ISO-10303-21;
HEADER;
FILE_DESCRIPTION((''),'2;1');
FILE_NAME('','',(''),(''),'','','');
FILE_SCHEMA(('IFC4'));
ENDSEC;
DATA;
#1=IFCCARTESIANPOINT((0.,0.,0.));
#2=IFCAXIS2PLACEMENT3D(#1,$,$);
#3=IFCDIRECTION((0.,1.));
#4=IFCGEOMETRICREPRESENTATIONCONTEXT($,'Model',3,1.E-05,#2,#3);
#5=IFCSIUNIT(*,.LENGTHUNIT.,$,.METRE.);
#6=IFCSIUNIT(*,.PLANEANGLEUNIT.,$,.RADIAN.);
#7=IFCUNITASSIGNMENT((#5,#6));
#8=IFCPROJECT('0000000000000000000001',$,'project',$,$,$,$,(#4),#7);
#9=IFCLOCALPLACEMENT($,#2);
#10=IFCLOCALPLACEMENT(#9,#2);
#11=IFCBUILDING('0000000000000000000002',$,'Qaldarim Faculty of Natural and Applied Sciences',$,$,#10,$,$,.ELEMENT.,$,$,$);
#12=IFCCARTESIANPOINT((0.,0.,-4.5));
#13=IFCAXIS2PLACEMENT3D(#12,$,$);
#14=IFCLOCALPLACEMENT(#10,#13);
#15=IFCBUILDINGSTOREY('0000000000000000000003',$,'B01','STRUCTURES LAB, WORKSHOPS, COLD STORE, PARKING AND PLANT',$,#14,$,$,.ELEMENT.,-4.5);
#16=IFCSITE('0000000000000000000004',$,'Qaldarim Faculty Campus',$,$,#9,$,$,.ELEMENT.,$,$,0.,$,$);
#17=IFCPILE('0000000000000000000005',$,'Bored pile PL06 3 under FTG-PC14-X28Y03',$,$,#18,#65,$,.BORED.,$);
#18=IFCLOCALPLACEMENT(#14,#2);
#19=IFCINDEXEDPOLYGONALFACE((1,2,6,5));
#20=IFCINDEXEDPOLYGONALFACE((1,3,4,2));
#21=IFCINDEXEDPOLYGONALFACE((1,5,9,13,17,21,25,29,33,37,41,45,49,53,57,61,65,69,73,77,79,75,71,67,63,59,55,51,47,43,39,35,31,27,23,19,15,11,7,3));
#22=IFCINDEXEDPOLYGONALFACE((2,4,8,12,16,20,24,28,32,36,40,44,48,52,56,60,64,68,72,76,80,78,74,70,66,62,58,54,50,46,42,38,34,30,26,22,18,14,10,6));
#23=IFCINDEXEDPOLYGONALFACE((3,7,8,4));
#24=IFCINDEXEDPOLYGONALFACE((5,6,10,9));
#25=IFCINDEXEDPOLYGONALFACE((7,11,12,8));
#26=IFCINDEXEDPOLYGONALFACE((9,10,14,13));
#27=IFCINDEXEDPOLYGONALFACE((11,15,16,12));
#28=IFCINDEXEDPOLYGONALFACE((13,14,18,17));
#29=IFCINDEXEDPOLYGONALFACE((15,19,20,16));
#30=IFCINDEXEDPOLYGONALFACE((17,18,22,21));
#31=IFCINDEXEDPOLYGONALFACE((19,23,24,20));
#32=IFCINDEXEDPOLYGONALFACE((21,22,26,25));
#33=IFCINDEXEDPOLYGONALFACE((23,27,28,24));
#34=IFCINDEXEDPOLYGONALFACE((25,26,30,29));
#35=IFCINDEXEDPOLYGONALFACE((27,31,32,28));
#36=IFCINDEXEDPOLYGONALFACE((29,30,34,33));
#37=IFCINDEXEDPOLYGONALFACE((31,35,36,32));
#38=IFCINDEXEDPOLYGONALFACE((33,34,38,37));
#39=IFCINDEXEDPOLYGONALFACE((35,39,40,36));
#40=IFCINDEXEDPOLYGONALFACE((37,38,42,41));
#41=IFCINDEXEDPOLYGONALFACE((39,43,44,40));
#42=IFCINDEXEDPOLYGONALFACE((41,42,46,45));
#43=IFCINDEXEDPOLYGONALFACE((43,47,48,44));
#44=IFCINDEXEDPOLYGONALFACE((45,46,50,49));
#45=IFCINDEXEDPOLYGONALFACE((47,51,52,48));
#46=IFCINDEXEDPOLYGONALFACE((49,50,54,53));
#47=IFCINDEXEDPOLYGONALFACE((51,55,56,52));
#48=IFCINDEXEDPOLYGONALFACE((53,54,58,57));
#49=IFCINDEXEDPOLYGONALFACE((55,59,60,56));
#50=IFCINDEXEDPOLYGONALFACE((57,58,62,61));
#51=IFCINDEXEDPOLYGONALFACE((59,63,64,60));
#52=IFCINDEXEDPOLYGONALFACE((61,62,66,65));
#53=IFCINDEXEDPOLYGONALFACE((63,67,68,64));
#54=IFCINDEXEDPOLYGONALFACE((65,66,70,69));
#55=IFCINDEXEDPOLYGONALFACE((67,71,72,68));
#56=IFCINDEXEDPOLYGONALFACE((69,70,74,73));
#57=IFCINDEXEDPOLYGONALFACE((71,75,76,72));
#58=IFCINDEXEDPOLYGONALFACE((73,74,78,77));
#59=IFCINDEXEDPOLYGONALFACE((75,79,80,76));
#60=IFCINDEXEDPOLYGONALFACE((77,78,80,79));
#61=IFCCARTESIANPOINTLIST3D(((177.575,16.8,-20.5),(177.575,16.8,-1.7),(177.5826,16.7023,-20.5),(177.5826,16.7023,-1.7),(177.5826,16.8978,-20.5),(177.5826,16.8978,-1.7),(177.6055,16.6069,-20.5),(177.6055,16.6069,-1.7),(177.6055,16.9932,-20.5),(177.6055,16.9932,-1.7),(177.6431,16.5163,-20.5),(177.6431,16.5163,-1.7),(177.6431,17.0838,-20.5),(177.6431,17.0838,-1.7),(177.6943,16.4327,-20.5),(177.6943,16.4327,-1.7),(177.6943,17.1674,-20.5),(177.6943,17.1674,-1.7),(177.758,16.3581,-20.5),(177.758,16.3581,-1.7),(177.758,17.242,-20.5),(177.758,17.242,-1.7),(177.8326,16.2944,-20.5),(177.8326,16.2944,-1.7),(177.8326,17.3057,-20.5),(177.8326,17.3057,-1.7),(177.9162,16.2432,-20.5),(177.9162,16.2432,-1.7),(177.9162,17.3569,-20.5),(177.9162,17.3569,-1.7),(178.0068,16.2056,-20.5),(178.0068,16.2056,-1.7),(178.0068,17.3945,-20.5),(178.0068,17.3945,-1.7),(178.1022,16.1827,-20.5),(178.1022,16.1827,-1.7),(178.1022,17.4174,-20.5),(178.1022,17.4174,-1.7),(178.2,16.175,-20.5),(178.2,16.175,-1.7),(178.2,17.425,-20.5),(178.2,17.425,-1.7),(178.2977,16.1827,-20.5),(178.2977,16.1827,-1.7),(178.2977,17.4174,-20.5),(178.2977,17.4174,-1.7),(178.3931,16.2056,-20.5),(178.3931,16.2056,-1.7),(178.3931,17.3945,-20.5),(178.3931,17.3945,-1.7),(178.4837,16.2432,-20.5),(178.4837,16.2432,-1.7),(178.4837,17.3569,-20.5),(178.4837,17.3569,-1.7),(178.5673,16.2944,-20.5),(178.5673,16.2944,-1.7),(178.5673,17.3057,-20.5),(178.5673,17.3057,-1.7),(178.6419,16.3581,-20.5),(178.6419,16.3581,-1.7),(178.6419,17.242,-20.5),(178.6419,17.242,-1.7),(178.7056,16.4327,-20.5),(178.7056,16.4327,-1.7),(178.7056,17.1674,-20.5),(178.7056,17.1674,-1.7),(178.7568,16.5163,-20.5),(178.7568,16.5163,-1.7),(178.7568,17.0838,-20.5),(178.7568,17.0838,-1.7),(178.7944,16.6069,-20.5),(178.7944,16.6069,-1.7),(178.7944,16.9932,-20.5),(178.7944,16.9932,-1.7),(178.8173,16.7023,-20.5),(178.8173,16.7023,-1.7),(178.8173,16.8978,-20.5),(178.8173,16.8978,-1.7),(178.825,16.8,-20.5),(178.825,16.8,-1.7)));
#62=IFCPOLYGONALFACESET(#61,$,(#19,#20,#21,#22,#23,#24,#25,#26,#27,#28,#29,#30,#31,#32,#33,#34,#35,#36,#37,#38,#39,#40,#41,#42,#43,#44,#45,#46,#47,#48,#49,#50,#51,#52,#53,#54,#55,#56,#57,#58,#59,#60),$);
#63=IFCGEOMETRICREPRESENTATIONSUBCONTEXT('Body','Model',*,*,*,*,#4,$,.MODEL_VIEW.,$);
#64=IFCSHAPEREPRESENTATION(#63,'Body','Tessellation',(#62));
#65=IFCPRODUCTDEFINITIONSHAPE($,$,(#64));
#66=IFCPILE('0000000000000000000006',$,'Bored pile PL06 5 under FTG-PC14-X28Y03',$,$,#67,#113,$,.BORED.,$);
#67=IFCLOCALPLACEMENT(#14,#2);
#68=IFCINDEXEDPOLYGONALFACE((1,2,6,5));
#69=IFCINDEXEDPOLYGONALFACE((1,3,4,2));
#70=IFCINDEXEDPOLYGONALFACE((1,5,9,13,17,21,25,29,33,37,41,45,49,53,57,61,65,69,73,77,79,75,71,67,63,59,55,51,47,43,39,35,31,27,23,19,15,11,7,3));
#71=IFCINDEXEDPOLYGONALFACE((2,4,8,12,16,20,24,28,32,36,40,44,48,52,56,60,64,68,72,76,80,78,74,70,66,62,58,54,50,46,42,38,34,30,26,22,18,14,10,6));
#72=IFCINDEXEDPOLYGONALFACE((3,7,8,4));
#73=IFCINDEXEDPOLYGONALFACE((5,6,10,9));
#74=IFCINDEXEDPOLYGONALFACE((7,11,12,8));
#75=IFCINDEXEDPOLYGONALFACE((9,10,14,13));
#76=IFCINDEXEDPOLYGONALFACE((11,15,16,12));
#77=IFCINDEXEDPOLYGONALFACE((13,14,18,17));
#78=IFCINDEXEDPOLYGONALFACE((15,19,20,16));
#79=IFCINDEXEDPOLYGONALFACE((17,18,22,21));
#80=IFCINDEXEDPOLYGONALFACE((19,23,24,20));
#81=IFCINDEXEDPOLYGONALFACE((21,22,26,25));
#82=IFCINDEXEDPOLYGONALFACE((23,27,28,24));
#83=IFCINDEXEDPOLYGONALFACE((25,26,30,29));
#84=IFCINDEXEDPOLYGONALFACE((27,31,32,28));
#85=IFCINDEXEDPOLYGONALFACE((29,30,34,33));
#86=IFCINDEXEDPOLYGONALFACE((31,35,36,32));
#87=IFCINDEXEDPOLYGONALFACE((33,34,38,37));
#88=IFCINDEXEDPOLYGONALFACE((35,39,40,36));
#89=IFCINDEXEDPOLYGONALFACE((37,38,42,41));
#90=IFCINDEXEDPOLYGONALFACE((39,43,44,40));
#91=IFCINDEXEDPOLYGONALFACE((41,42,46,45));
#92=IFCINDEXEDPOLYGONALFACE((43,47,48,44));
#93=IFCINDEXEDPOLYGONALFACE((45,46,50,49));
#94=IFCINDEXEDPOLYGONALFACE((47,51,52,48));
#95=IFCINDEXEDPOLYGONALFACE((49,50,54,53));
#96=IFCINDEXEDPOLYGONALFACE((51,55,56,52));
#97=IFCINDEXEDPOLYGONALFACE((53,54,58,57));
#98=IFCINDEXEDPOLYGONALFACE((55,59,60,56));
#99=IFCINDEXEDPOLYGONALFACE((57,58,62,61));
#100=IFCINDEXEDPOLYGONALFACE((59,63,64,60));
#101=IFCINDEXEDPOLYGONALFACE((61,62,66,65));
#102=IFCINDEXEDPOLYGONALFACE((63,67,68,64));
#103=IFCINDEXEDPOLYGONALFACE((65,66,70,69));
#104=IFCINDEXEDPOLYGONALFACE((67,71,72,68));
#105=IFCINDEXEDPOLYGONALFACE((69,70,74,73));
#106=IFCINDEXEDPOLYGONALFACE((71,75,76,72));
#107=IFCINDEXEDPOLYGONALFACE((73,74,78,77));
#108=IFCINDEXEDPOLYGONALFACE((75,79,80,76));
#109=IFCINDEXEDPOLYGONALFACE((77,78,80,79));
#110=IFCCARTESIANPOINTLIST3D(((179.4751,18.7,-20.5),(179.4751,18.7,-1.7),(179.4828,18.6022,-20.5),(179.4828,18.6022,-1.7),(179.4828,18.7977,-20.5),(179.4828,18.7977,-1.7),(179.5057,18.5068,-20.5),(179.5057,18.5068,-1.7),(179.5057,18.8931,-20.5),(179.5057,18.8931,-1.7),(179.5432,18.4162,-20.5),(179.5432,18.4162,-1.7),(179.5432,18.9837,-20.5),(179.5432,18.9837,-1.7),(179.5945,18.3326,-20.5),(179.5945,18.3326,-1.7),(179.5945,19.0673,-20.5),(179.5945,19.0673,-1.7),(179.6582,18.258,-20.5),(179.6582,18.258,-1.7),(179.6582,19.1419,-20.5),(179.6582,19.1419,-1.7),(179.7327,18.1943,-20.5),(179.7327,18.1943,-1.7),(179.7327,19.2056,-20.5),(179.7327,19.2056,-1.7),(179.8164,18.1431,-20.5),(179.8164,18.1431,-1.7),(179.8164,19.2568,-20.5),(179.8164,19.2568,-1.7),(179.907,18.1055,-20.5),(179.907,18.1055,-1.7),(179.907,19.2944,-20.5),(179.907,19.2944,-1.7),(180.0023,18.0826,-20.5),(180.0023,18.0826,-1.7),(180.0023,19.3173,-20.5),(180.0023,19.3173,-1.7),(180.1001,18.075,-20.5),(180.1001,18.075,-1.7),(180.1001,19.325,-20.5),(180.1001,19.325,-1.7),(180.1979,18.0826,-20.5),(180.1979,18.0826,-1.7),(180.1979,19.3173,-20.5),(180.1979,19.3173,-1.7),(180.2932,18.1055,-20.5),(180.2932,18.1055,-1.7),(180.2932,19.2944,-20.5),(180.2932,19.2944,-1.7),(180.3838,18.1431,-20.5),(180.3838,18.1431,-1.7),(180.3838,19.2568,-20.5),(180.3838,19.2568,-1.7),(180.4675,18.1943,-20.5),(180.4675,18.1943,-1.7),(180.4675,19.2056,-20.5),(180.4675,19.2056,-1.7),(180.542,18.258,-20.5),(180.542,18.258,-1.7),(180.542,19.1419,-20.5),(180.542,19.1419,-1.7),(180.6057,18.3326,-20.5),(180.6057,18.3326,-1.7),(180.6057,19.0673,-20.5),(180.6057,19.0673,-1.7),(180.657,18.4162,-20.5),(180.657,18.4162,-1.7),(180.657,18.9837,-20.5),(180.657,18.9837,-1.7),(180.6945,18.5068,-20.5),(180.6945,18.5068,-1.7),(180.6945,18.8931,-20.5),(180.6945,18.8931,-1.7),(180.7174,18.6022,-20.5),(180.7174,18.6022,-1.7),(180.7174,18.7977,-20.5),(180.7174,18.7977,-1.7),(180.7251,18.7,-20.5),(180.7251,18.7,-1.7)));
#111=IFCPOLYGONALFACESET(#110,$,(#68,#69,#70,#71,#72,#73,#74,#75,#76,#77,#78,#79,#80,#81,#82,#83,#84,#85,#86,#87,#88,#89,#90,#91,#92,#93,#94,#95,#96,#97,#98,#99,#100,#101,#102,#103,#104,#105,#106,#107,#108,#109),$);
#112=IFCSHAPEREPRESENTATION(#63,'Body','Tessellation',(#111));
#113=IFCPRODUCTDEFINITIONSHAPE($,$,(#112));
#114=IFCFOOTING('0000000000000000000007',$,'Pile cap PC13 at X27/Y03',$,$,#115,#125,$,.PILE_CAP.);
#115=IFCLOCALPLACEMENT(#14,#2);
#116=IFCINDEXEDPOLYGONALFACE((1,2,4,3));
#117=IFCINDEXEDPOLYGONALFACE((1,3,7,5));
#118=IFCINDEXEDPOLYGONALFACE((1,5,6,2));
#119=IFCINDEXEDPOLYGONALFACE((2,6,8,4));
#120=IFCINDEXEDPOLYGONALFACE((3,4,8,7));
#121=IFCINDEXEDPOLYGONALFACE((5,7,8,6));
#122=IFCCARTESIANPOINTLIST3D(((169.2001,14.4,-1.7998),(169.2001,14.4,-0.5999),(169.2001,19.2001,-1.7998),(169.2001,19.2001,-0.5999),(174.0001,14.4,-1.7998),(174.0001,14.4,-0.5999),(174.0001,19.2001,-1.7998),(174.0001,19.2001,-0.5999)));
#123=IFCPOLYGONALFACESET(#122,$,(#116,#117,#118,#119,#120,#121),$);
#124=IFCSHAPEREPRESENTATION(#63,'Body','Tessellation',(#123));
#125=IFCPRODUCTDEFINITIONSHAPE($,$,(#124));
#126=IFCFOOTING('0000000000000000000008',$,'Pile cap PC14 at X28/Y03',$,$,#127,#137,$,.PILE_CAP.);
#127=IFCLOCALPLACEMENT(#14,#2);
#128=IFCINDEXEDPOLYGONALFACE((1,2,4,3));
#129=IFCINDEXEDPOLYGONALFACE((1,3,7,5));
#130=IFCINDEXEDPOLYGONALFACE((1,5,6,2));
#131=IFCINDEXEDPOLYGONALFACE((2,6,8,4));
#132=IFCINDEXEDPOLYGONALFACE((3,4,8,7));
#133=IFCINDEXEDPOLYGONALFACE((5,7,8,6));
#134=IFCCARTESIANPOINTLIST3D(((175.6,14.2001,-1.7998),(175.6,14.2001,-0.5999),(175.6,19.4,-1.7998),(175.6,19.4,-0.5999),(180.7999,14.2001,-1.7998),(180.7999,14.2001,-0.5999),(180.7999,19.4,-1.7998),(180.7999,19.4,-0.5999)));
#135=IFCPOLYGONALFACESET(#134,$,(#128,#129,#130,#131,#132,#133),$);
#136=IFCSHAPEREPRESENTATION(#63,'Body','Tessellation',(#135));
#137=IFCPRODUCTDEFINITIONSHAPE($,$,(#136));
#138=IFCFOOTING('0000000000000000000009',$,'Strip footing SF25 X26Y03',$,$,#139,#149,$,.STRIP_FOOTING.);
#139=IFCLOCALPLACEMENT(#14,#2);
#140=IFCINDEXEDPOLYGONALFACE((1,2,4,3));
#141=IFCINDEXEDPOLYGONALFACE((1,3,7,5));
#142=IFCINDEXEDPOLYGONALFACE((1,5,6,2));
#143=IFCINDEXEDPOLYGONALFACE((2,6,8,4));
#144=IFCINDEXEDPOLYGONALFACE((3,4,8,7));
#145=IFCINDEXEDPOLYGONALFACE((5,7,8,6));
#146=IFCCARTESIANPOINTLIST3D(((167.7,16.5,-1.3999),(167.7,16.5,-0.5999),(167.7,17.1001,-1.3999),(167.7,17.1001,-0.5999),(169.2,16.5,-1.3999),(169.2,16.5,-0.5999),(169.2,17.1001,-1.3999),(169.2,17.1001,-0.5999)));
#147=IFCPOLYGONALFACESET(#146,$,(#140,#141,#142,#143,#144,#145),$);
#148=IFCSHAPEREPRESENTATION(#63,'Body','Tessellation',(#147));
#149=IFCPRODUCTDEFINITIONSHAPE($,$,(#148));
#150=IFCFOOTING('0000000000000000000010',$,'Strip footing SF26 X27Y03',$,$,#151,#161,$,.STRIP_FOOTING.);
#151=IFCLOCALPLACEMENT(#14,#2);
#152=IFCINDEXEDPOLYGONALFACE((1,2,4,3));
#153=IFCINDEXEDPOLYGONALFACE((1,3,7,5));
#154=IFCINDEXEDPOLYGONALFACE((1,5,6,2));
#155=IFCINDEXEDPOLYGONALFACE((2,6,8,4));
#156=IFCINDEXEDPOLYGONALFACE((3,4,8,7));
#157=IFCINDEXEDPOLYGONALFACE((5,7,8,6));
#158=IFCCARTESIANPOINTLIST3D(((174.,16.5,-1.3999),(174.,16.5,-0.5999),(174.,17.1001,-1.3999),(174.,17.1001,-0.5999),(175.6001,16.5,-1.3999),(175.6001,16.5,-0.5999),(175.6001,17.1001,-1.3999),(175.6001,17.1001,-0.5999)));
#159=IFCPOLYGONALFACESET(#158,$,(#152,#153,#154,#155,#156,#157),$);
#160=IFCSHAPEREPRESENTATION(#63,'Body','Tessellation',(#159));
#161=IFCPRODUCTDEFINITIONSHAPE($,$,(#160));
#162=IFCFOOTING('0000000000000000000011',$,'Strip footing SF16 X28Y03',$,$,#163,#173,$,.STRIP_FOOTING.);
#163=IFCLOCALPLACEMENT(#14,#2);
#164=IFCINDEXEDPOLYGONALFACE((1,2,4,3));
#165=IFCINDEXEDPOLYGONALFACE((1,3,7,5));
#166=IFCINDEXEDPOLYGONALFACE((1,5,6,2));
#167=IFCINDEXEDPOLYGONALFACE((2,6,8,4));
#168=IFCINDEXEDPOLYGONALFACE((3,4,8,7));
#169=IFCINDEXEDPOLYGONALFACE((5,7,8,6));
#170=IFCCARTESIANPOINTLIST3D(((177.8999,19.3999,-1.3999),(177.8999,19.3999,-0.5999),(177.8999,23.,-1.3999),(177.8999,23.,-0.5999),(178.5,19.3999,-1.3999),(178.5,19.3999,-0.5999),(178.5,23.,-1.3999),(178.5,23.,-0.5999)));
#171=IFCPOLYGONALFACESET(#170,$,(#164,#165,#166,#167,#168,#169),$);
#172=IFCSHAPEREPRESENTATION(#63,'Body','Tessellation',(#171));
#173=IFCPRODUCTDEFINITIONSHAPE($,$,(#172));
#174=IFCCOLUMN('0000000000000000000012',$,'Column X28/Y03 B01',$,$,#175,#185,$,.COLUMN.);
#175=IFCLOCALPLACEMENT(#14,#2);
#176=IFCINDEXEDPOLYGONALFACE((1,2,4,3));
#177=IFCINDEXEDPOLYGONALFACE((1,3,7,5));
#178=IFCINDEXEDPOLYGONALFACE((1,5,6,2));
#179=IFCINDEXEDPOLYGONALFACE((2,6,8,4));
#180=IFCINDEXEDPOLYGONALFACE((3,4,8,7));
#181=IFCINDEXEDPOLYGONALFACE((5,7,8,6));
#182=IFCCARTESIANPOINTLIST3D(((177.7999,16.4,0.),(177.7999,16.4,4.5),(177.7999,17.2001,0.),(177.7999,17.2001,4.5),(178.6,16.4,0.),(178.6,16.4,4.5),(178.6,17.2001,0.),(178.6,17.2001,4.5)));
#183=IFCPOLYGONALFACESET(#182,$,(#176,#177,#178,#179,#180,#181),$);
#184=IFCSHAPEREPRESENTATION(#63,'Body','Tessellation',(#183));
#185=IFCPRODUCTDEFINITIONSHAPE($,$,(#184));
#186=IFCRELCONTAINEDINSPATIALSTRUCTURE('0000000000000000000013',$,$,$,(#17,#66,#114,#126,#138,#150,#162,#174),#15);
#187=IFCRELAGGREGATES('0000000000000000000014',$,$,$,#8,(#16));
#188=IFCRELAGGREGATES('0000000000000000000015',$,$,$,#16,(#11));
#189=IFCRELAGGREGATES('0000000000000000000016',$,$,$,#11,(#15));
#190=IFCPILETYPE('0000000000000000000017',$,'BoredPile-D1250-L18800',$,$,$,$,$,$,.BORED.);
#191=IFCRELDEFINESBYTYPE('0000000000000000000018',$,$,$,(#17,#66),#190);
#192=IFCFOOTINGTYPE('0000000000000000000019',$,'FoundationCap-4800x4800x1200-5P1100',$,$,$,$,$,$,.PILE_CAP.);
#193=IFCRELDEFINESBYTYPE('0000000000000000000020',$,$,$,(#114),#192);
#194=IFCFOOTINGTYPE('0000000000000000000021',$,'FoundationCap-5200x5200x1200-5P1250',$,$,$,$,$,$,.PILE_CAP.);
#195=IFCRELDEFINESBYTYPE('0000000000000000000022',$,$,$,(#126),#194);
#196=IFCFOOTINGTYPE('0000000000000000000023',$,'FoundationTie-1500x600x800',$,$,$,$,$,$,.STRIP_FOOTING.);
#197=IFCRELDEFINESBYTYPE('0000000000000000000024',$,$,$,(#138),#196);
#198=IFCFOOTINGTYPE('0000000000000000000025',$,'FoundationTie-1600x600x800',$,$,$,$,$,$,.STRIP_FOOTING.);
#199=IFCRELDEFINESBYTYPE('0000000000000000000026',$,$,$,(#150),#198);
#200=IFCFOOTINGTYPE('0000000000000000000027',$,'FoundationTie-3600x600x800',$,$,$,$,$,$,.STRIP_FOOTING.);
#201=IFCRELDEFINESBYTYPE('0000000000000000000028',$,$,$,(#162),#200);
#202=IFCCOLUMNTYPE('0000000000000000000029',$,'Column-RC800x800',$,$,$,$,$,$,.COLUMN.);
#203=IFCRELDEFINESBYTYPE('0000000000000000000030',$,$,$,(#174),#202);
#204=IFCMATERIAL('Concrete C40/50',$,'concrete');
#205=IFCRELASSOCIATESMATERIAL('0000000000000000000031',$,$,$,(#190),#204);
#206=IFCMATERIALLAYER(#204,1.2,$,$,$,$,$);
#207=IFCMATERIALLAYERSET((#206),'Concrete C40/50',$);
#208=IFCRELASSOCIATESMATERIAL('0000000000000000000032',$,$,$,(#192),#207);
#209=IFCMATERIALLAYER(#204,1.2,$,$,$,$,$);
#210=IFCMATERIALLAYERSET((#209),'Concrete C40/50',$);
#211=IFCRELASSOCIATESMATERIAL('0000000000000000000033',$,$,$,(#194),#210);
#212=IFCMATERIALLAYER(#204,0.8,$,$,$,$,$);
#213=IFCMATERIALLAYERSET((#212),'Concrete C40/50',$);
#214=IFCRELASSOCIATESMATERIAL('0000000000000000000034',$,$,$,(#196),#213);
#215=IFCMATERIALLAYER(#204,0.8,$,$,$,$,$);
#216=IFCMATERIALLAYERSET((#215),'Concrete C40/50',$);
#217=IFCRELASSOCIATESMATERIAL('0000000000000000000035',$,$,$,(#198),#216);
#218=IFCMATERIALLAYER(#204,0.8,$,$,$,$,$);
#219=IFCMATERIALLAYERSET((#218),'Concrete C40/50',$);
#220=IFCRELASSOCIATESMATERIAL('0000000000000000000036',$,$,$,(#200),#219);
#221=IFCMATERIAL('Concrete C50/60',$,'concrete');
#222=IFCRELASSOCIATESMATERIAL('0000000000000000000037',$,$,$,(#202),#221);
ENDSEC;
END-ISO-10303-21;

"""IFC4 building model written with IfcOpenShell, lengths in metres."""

from ifc_helpers import new_model, si_unit, direction, frame, origin, origin_2d, place, context, subcontext, project, spatial, rectangle, circle, extrude, material, layer, layer_set, material_profile, profile_set, type_object, element, save


model = new_model("IFC4")

# Units and contexts
model_context = context("Model", 3, precision=1e-05, world=origin(), true_north=direction((0.0, 1.0)))
body_context = subcontext(model_context, "Body", "Model", "MODEL_VIEW")
ifc_project = project(units=[si_unit("LENGTHUNIT", "METRE"), si_unit("PLANEANGLEUNIT", "RADIAN")], contexts=[model_context])

# Site, building, storey
site_placement = place(None, origin())
site = spatial("IfcSite", under=ifc_project, at=site_placement, Name="Qaldarim Faculty Campus", CompositionType="ELEMENT", RefElevation=0.0)
building_placement = place(site_placement, origin())
building = spatial("IfcBuilding", under=site, at=building_placement, Name="Qaldarim Faculty of Natural and Applied Sciences", CompositionType="ELEMENT")
storey_placement = place(building_placement, frame((0.0, 0.0, -4.5)))
storey = spatial("IfcBuildingStorey", under=building, at=storey_placement, Name="B01", Description="STRUCTURES LAB, WORKSHOPS, COLD STORE, PARKING AND PLANT", CompositionType="ELEMENT", Elevation=-4.5)

# Piles
ifc_material_1 = material(Name="Concrete C40/50", Category="concrete")
ifc_material_profile_1 = material_profile(ifc_material_1, circle(Radius=0.625, at=origin_2d()), Name="PILE-D1250")
ifc_profile_set_1 = profile_set([ifc_material_profile_1], Name="Concrete C40/50")
pile_type_1 = type_object("IfcPileType", Name="BoredPile-D1250-L18800", PredefinedType="BORED", material=ifc_profile_set_1)
for number, where, z_axis, x_axis, name in (
    (1, (178.2, 16.8, -1.7), (0.0, 0.0, -1.0), (1.0, 0.0, 0.0), "Bored pile PL06 3 under FTG-PC14-X28Y03"),
    (2, (180.1001, 18.7, -1.7), (0.0, 0.0, -1.0), (1.0, 0.0, 0.0), "Bored pile PL06 5 under FTG-PC14-X28Y03"),
):
    element("IfcPile", number, at=place(storey_placement, frame(where, z_axis=z_axis, x_axis=x_axis)), inside=storey, type_object=pile_type_1, Name=name, PredefinedType="BORED", context=body_context, shape_type="SweptSolid", body=[
        extrude(circle(Radius=0.625, at=origin_2d()), origin(), (0.0, 0.0, 1.0), 18.8),
    ])

# Footings
ifc_layer_1 = layer(ifc_material_1, 1.2)
ifc_layer_set_1 = layer_set([ifc_layer_1], Name="Concrete C40/50")
footing_type_1 = type_object("IfcFootingType", Name="FoundationCap-4800x4800x1200-5P1100", PredefinedType="PILE_CAP", material=ifc_layer_set_1)
footing_1_placement = place(storey_placement, frame((171.6001, 16.8, -1.7998), z_axis=(0.0, 0.0, 1.0), x_axis=(1.0, 0.0, 0.0)))
element("IfcFooting", 3, at=footing_1_placement, inside=storey, type_object=footing_type_1, Name="Pile cap PC13 at X27/Y03", PredefinedType="PILE_CAP", context=body_context, shape_type="SweptSolid", body=[
    extrude(rectangle(XDim=4.8, YDim=4.8, at=origin_2d()), origin(), (0.0, 0.0, 1.0), 1.2),
])
ifc_layer_2 = layer(ifc_material_1, 1.2)
ifc_layer_set_2 = layer_set([ifc_layer_2], Name="Concrete C40/50")
footing_type_2 = type_object("IfcFootingType", Name="FoundationCap-5200x5200x1200-5P1250", PredefinedType="PILE_CAP", material=ifc_layer_set_2)
footing_2_placement = place(storey_placement, frame((178.2, 16.8, -1.7998), z_axis=(0.0, 0.0, 1.0), x_axis=(1.0, 0.0, 0.0)))
element("IfcFooting", 4, at=footing_2_placement, inside=storey, type_object=footing_type_2, Name="Pile cap PC14 at X28/Y03", PredefinedType="PILE_CAP", context=body_context, shape_type="SweptSolid", body=[
    extrude(rectangle(XDim=5.2, YDim=5.2, at=origin_2d()), origin(), (0.0, 0.0, 1.0), 1.2),
])
ifc_layer_3 = layer(ifc_material_1, 0.8)
ifc_layer_set_3 = layer_set([ifc_layer_3], Name="Concrete C40/50")
footing_type_3 = type_object("IfcFootingType", Name="FoundationTie-1500x600x800", PredefinedType="STRIP_FOOTING", material=ifc_layer_set_3)
footing_3_placement = place(storey_placement, frame((168.45, 16.8, -1.3999), z_axis=(0.0, 0.0, 1.0), x_axis=(1.0, 0.0, 0.0)))
element("IfcFooting", 5, at=footing_3_placement, inside=storey, type_object=footing_type_3, Name="Strip footing SF25 X26Y03", PredefinedType="STRIP_FOOTING", context=body_context, shape_type="SweptSolid", body=[
    extrude(rectangle(XDim=1.5, YDim=0.6001, at=origin_2d()), origin(), (0.0, 0.0, 1.0), 0.8),
])
ifc_layer_4 = layer(ifc_material_1, 0.8)
ifc_layer_set_4 = layer_set([ifc_layer_4], Name="Concrete C40/50")
footing_type_4 = type_object("IfcFootingType", Name="FoundationTie-1600x600x800", PredefinedType="STRIP_FOOTING", material=ifc_layer_set_4)
footing_4_placement = place(storey_placement, frame((174.8, 16.8, -1.3999), z_axis=(0.0, 0.0, 1.0), x_axis=(1.0, 0.0, 0.0)))
element("IfcFooting", 6, at=footing_4_placement, inside=storey, type_object=footing_type_4, Name="Strip footing SF26 X27Y03", PredefinedType="STRIP_FOOTING", context=body_context, shape_type="SweptSolid", body=[
    extrude(rectangle(XDim=1.6001, YDim=0.6001, at=origin_2d()), origin(), (0.0, 0.0, 1.0), 0.8),
])
ifc_layer_5 = layer(ifc_material_1, 0.8)
ifc_layer_set_5 = layer_set([ifc_layer_5], Name="Concrete C40/50")
footing_type_5 = type_object("IfcFootingType", Name="FoundationTie-3600x600x800", PredefinedType="STRIP_FOOTING", material=ifc_layer_set_5)
footing_5_placement = place(storey_placement, frame((178.2, 21.2, -1.3999), z_axis=(0.0, 0.0, 1.0), x_axis=(0.0, 1.0, 0.0)))
element("IfcFooting", 7, at=footing_5_placement, inside=storey, type_object=footing_type_5, Name="Strip footing SF16 X28Y03", PredefinedType="STRIP_FOOTING", context=body_context, shape_type="SweptSolid", body=[
    extrude(rectangle(XDim=3.6001, YDim=0.6001, at=origin_2d()), origin(), (0.0, 0.0, 1.0), 0.8),
])

# Column
ifc_material_2 = material(Name="Concrete C50/60", Category="concrete")
ifc_material_profile_2 = material_profile(ifc_material_2, rectangle(XDim=0.8, YDim=0.8, at=origin_2d()), Name="RC-C800x800")
ifc_profile_set_2 = profile_set([ifc_material_profile_2], Name="Concrete C50/60")
column_type_1 = type_object("IfcColumnType", Name="Column-RC800x800", PredefinedType="COLUMN", material=ifc_profile_set_2)
column_1_placement = place(storey_placement, frame((178.2, 16.8, 0.0), z_axis=(0.0, 0.0, 1.0), x_axis=(1.0, 0.0, 0.0)))
element("IfcColumn", 8, at=column_1_placement, inside=storey, type_object=column_type_1, Name="Column X28/Y03 B01", PredefinedType="COLUMN", context=body_context, shape_type="SweptSolid", body=[
    extrude(rectangle(XDim=0.8, YDim=0.8, at=origin_2d()), origin(), (0.0, 0.0, 1.0), 4.5),
])

save(model, "model.ifc")
